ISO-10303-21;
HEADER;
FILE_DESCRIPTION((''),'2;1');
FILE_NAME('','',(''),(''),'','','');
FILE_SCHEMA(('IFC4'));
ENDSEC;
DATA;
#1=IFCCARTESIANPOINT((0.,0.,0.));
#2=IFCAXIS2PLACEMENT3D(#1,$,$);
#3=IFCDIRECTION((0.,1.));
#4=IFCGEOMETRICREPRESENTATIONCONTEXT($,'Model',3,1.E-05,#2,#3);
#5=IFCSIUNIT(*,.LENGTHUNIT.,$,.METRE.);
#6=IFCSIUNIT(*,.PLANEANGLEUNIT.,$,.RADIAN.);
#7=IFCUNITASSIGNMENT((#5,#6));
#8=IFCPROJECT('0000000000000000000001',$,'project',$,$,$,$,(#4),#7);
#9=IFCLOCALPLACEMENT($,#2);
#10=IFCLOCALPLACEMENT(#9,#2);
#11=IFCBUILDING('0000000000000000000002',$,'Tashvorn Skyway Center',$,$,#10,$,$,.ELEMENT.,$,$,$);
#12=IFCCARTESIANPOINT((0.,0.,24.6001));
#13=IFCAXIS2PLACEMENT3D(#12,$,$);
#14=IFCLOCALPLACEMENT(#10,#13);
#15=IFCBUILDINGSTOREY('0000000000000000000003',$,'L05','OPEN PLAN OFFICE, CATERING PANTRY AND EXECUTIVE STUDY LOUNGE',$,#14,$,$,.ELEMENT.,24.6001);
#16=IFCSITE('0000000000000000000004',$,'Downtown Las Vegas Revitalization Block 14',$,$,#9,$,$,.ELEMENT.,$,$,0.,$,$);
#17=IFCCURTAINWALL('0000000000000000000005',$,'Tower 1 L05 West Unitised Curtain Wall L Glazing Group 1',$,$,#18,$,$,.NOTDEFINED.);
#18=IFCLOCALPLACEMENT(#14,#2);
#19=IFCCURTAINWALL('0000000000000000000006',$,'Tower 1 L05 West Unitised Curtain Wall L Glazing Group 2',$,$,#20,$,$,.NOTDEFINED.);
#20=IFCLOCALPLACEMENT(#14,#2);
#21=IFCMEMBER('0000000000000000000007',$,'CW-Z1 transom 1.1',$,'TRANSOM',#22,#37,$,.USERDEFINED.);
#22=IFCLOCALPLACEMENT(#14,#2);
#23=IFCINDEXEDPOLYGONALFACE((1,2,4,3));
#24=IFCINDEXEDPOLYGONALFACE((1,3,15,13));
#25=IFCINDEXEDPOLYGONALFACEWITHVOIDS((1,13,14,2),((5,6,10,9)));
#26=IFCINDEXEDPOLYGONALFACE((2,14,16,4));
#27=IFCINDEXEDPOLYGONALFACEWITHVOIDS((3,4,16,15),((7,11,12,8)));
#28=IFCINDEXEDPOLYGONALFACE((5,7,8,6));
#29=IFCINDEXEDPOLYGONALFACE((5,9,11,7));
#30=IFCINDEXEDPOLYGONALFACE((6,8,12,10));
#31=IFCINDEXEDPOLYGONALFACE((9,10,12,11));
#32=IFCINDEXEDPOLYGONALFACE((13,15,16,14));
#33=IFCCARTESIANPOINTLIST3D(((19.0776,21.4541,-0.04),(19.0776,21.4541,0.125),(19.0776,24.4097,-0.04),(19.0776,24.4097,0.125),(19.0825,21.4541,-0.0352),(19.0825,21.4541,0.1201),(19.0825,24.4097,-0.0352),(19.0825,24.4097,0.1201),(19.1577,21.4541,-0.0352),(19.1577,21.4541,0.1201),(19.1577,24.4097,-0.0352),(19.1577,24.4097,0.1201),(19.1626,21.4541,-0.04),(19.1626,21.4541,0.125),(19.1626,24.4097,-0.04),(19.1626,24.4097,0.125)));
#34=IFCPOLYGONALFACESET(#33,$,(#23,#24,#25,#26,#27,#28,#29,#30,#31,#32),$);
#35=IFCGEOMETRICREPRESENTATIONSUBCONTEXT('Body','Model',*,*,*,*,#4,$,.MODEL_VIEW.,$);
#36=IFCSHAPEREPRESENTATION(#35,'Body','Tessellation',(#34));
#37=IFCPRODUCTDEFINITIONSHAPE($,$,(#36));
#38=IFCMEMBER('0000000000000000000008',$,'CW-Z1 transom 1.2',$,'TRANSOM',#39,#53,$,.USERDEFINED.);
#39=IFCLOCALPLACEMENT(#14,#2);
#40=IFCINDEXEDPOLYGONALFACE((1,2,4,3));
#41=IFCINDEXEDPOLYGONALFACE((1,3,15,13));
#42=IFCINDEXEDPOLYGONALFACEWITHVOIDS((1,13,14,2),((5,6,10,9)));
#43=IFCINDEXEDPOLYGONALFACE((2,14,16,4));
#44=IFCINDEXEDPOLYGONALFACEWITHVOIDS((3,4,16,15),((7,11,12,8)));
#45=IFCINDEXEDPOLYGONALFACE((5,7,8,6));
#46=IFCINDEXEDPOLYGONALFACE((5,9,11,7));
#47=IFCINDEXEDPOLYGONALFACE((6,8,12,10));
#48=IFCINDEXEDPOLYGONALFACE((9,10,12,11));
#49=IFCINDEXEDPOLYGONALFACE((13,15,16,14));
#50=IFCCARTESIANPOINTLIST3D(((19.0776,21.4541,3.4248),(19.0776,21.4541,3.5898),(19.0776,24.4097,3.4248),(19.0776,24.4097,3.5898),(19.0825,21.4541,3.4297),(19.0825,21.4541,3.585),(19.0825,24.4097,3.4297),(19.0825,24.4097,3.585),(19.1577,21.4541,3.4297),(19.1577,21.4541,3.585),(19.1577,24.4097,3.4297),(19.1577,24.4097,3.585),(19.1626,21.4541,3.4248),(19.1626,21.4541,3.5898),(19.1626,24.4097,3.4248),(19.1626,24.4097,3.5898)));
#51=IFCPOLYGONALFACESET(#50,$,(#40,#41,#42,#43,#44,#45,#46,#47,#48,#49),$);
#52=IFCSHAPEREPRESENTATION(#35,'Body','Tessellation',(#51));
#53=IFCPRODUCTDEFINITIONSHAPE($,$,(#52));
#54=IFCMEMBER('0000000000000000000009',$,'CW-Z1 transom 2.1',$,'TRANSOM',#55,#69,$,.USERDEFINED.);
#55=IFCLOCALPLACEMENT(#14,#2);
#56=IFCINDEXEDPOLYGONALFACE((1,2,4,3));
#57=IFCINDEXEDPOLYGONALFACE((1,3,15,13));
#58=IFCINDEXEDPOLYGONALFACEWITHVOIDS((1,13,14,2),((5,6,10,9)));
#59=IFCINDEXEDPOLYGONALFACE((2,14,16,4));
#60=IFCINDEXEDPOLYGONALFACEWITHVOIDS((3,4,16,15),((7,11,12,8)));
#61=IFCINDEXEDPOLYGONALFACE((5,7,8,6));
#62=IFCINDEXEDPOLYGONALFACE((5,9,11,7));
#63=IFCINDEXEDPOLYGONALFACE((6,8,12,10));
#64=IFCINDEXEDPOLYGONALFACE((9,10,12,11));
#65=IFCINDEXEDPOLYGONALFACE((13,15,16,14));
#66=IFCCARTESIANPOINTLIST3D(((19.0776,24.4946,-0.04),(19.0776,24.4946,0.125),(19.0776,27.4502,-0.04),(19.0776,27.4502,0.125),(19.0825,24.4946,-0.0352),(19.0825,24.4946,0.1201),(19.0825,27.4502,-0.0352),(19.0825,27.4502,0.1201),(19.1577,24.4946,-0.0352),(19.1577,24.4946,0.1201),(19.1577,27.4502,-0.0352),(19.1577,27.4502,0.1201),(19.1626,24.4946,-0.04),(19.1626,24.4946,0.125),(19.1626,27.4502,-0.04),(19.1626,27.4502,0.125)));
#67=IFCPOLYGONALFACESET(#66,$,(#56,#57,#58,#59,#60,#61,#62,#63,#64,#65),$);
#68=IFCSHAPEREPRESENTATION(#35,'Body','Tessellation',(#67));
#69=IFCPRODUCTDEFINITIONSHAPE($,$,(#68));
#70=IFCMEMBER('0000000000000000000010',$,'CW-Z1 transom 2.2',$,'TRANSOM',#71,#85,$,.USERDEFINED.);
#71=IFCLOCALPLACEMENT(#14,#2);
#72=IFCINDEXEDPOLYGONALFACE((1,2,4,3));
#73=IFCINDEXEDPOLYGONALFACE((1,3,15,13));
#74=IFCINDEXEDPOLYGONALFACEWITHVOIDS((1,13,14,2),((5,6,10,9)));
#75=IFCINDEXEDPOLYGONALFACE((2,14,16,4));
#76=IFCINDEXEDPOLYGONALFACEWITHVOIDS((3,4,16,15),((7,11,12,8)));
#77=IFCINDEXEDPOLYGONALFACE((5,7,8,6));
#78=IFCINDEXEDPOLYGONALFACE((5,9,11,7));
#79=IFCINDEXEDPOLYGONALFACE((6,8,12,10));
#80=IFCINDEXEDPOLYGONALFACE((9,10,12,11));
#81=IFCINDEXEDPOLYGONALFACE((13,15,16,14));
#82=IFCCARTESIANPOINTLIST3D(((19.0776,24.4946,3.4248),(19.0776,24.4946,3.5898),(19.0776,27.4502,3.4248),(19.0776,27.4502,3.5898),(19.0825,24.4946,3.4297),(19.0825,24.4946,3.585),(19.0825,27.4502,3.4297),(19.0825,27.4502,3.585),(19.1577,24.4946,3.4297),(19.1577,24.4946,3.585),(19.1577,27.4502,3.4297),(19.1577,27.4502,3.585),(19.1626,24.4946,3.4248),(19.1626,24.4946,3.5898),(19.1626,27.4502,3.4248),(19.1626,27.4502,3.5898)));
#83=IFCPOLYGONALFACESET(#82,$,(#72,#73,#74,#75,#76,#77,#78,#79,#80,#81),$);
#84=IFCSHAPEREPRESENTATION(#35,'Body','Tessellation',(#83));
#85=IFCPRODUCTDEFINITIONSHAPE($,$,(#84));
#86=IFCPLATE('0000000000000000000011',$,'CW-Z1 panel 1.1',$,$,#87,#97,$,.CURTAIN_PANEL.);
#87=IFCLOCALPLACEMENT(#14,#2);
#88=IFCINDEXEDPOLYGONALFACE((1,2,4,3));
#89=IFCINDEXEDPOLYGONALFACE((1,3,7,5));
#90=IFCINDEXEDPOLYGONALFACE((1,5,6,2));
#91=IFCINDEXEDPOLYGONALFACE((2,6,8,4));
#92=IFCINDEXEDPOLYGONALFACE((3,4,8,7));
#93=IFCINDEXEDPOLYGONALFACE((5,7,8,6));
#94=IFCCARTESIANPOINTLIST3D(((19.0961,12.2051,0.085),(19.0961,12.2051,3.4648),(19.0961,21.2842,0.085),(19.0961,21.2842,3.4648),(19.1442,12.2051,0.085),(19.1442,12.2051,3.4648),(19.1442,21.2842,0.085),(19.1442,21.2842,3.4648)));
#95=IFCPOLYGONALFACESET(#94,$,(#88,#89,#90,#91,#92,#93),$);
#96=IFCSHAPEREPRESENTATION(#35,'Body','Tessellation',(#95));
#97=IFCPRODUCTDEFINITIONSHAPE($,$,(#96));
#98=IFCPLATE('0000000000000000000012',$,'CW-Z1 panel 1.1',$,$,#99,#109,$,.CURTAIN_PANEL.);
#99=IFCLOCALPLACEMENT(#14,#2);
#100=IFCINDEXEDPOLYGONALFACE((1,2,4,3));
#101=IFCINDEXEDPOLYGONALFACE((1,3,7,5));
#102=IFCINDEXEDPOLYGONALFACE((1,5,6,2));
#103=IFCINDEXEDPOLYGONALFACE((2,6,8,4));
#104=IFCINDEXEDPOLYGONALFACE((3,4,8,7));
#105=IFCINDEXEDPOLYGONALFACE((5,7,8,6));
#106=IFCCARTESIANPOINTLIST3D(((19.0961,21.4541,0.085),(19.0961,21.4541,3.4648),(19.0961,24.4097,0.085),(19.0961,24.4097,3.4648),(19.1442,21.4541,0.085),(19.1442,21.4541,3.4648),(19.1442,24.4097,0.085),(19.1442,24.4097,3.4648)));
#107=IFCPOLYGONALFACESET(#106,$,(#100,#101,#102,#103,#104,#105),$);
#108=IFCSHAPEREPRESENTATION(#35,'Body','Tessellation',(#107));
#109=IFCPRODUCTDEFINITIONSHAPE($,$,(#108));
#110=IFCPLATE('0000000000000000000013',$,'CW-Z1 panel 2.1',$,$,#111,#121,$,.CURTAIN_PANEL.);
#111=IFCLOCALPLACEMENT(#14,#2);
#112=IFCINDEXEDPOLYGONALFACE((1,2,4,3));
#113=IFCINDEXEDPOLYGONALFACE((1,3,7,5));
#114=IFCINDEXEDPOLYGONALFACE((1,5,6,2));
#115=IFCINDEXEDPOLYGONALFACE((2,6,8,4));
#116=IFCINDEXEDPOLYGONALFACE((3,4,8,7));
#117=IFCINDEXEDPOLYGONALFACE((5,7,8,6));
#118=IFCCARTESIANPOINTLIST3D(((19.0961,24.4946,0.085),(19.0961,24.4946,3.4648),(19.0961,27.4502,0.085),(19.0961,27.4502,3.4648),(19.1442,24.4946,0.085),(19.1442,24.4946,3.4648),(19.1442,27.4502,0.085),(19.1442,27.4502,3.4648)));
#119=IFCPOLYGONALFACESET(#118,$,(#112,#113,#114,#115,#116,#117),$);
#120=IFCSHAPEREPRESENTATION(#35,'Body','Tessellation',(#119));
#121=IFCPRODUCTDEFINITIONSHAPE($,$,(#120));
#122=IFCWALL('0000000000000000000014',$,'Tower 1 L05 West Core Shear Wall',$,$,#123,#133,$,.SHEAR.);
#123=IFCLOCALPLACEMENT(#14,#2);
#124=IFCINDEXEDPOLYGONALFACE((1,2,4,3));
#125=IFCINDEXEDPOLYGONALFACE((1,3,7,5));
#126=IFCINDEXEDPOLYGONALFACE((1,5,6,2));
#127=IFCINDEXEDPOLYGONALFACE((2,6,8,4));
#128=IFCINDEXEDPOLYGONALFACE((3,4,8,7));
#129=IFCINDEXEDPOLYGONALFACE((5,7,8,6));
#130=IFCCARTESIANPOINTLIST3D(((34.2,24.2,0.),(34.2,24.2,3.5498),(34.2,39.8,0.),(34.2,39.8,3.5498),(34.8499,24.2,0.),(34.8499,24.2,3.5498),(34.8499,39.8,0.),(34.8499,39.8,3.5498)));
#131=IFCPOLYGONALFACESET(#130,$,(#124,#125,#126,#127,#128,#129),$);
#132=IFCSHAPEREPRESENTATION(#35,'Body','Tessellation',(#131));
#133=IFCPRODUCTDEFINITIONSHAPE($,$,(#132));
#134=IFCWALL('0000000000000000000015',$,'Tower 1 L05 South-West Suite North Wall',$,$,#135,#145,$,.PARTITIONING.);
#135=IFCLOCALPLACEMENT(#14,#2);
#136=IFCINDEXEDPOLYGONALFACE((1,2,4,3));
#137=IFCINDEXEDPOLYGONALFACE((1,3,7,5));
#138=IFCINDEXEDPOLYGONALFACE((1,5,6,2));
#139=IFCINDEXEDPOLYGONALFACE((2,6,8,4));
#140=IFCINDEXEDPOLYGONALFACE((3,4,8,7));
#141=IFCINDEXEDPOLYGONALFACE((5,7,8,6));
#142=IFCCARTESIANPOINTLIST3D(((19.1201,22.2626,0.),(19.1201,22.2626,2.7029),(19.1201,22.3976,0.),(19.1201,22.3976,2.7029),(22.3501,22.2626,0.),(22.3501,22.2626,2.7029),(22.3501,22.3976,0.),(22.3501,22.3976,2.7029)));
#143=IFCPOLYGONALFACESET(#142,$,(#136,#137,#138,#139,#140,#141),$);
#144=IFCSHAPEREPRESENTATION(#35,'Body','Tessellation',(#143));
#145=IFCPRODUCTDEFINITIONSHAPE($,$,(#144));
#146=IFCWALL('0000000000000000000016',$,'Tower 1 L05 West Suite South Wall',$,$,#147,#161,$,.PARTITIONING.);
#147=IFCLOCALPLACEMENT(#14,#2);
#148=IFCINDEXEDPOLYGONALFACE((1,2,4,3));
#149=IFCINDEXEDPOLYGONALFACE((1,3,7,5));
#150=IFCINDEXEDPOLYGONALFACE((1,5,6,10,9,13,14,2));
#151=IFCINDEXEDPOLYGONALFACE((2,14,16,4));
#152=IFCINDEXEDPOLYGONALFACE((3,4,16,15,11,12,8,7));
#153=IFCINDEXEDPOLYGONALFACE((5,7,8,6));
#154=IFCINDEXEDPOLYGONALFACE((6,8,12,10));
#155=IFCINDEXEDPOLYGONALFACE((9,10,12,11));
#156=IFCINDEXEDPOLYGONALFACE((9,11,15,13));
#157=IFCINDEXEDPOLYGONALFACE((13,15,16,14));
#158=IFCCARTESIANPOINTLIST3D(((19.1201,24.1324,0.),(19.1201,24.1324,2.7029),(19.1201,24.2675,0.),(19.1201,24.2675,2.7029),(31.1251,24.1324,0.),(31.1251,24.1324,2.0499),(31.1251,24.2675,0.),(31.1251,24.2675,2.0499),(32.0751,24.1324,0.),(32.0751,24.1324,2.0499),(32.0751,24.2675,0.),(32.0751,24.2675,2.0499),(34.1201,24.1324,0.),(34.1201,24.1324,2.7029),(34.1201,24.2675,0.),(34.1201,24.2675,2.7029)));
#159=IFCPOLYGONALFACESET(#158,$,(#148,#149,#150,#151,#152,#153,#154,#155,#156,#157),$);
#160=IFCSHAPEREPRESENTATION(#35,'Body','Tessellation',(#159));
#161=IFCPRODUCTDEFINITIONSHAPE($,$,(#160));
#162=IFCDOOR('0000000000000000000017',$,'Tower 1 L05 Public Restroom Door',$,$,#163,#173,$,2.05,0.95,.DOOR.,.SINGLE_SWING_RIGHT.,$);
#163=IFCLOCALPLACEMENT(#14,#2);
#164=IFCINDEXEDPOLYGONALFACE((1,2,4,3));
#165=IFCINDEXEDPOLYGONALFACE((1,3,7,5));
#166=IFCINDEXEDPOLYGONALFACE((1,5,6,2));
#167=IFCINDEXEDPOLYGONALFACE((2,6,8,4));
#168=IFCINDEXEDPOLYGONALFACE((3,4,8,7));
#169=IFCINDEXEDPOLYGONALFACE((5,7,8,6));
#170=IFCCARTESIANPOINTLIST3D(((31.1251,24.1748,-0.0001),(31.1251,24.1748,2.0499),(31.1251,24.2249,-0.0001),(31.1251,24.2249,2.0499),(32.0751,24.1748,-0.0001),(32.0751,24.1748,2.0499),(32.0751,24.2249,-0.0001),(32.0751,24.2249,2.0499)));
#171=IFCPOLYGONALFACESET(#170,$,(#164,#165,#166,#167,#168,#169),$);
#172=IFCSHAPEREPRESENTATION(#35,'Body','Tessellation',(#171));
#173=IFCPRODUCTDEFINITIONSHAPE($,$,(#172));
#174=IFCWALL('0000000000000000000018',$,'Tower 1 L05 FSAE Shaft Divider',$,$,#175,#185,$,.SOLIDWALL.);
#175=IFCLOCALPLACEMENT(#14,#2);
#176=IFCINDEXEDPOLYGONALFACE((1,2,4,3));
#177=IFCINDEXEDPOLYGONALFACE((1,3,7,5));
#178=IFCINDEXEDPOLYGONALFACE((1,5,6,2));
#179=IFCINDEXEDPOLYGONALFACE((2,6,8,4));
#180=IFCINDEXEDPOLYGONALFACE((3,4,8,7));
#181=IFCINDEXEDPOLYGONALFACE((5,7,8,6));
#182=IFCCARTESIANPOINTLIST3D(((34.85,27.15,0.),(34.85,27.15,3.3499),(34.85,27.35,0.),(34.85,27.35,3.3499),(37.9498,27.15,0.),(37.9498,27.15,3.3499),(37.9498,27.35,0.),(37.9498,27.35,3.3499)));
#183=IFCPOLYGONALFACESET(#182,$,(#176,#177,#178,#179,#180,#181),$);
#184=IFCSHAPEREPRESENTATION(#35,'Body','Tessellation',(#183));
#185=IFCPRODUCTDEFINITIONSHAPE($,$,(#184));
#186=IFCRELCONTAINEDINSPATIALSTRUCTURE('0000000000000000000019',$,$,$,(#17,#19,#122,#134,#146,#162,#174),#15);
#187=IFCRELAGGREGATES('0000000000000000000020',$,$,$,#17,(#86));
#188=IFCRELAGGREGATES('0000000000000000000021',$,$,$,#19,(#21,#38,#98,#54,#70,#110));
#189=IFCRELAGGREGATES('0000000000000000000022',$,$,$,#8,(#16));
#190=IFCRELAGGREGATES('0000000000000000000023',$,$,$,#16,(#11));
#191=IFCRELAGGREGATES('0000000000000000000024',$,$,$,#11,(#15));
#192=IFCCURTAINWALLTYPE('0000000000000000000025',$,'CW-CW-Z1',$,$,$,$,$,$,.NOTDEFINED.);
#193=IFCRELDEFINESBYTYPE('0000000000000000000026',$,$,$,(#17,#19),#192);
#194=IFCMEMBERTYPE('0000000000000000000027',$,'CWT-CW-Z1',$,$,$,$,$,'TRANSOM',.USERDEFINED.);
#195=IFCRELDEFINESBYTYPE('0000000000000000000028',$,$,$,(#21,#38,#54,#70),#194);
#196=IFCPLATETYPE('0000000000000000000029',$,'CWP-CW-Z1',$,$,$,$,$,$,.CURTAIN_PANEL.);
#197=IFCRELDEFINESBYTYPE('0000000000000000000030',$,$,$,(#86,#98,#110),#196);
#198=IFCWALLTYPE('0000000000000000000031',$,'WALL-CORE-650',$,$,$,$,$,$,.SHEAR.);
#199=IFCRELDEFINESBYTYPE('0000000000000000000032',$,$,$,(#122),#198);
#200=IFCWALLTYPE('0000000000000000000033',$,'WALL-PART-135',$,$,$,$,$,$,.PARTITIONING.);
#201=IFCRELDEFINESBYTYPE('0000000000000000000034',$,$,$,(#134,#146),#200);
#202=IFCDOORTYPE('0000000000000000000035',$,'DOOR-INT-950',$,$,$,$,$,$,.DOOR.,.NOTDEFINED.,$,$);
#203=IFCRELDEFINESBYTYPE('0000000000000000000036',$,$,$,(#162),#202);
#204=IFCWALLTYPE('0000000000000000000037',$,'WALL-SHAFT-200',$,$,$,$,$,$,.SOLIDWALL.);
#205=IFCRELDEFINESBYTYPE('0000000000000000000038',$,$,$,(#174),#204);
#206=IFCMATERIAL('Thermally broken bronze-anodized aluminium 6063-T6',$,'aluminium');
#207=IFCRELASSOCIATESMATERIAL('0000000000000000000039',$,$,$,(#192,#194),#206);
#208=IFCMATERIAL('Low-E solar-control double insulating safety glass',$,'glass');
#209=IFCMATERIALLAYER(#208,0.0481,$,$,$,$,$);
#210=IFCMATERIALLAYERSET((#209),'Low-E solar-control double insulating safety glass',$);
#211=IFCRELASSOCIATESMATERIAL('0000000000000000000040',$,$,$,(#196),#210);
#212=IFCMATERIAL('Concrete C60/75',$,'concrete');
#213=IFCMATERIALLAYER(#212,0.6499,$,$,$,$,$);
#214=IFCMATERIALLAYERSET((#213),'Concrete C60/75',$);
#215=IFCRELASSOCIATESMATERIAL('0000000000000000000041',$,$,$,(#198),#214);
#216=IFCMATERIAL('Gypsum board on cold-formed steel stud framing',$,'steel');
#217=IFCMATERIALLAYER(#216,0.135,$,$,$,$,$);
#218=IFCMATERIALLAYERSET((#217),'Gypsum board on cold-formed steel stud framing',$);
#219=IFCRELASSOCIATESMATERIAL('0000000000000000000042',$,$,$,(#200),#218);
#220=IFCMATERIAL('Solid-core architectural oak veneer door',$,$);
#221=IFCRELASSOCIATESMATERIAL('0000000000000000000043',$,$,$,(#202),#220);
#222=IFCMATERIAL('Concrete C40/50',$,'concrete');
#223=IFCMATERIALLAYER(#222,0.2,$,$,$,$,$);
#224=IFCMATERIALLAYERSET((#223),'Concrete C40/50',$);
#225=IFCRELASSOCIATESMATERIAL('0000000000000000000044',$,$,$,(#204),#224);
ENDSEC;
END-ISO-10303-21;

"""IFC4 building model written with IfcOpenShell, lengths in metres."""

from ifc_helpers import new_model, si_unit, direction, frame, frame_2d, origin, origin_2d, place, context, subcontext, project, spatial, rectangle, hollow_rectangle, extrude, material, layer, layer_set, material_profile, profile_set, type_object, element, fill, aggregate, save


model = new_model("IFC4")

# Units and contexts
model_context = context("Model", 3, precision=1e-05, world=origin(), true_north=direction((0.0, 1.0)))
body_context = subcontext(model_context, "Body", "Model", "MODEL_VIEW")
ifc_project = project(units=[si_unit("LENGTHUNIT", "METRE"), si_unit("PLANEANGLEUNIT", "RADIAN")], contexts=[model_context])

# Site, building, storey
site_placement = place(None, origin())
site = spatial("IfcSite", under=ifc_project, at=site_placement, Name="Downtown Las Vegas Revitalization Block 14", CompositionType="ELEMENT", RefElevation=0.0)
building_placement = place(site_placement, origin())
building = spatial("IfcBuilding", under=site, at=building_placement, Name="Tashvorn Skyway Center", CompositionType="ELEMENT")
storey_placement = place(building_placement, frame((0.0, 0.0, 24.6001)))
storey = spatial("IfcBuildingStorey", under=building, at=storey_placement, Name="L05", Description="OPEN PLAN OFFICE, CATERING PANTRY AND EXECUTIVE STUDY LOUNGE", CompositionType="ELEMENT", Elevation=24.6001)

# Curtain wall
ifc_material_1 = material(Name="Thermally broken bronze-anodized aluminium 6063-T6", Category="aluminium")
curtain_wall_type = type_object("IfcCurtainWallType", Name="CW-CW-Z1", PredefinedType="NOTDEFINED", material=ifc_material_1)
curtain_wall_1_placement = place(storey_placement, origin())
curtain_wall_1 = element("IfcCurtainWall", 1, at=curtain_wall_1_placement, inside=storey, type_object=curtain_wall_type, Name="Tower 1 L05 West Unitised Curtain Wall L Glazing Group 1", PredefinedType="NOTDEFINED")

# Curtain wall
curtain_wall_2_placement = place(storey_placement, origin())
curtain_wall_2 = element("IfcCurtainWall", 2, at=curtain_wall_2_placement, inside=storey, type_object=curtain_wall_type, Name="Tower 1 L05 West Unitised Curtain Wall L Glazing Group 2", PredefinedType="NOTDEFINED")

# Members
ifc_material_profile_1 = material_profile(ifc_material_1, hollow_rectangle(XDim=0.085, YDim=0.165, WallThickness=0.0049, at=origin_2d()), Name="ALU-TRAN-85x165")
ifc_profile_set_1 = profile_set([ifc_material_profile_1], Name="Thermally broken bronze-anodized aluminium 6063-T6")
member_type_1 = type_object("IfcMemberType", Name="CWT-CW-Z1", ElementType="TRANSOM", PredefinedType="USERDEFINED", material=ifc_profile_set_1)
member_1_placement = place(storey_placement, frame((19.1201, 21.4541, 0.0425), z_axis=(0.0, 1.0, 0.0), x_axis=(-1.0, 0.0, 0.0)))
member_1 = element("IfcMember", 3, at=member_1_placement, type_object=member_type_1, Name="CW-Z1 transom 1.1", ObjectType="TRANSOM", PredefinedType="USERDEFINED", context=body_context, shape_type="SweptSolid", body=[
    extrude(hollow_rectangle(XDim=0.085, YDim=0.165, WallThickness=0.0049, at=origin_2d()), origin(), (0.0, 0.0, 1.0), 2.9556),
])
member_2_placement = place(storey_placement, frame((19.1201, 21.4541, 3.5073), z_axis=(0.0, 1.0, 0.0), x_axis=(-1.0, 0.0, 0.0)))
member_2 = element("IfcMember", 4, at=member_2_placement, type_object=member_type_1, Name="CW-Z1 transom 1.2", ObjectType="TRANSOM", PredefinedType="USERDEFINED", context=body_context, shape_type="SweptSolid", body=[
    extrude(hollow_rectangle(XDim=0.085, YDim=0.165, WallThickness=0.0049, at=origin_2d()), origin(), (0.0, 0.0, 1.0), 2.9556),
])
member_3_placement = place(storey_placement, frame((19.1201, 24.4946, 0.0425), z_axis=(0.0, 1.0, 0.0), x_axis=(-1.0, 0.0, 0.0)))
member_3 = element("IfcMember", 5, at=member_3_placement, type_object=member_type_1, Name="CW-Z1 transom 2.1", ObjectType="TRANSOM", PredefinedType="USERDEFINED", context=body_context, shape_type="SweptSolid", body=[
    extrude(hollow_rectangle(XDim=0.085, YDim=0.165, WallThickness=0.0049, at=origin_2d()), origin(), (0.0, 0.0, 1.0), 2.9556),
])
member_4_placement = place(storey_placement, frame((19.1201, 24.4946, 3.5073), z_axis=(0.0, 1.0, 0.0), x_axis=(-1.0, 0.0, 0.0)))
member_4 = element("IfcMember", 6, at=member_4_placement, type_object=member_type_1, Name="CW-Z1 transom 2.2", ObjectType="TRANSOM", PredefinedType="USERDEFINED", context=body_context, shape_type="SweptSolid", body=[
    extrude(hollow_rectangle(XDim=0.085, YDim=0.165, WallThickness=0.0049, at=origin_2d()), origin(), (0.0, 0.0, 1.0), 2.9556),
])

# Plates
ifc_material_2 = material(Name="Low-E solar-control double insulating safety glass", Category="glass")
ifc_layer_1 = layer(ifc_material_2, 0.0481)
ifc_layer_set_1 = layer_set([ifc_layer_1], Name="Low-E solar-control double insulating safety glass")
plate_type = type_object("IfcPlateType", Name="CWP-CW-Z1", PredefinedType="CURTAIN_PANEL", material=ifc_layer_set_1)
plate_1_placement = place(storey_placement, frame((19.1201, 16.7446, 0.085), z_axis=(0.0, 0.0, 1.0), x_axis=(0.0, 1.0, 0.0)))
plate_1 = element("IfcPlate", 7, at=plate_1_placement, type_object=plate_type, Name="CW-Z1 panel 1.1", PredefinedType="CURTAIN_PANEL", context=body_context, shape_type="SweptSolid", body=[
    extrude(rectangle(XDim=9.0791, YDim=0.0481, at=origin_2d()), origin(), (0.0, 0.0, 1.0), 3.3799),
])
aggregate(curtain_wall_1, [plate_1])
plate_2_placement = place(storey_placement, frame((19.1201, 22.9319, 0.085), z_axis=(0.0, 0.0, 1.0), x_axis=(0.0, 1.0, 0.0)))
plate_2 = element("IfcPlate", 8, at=plate_2_placement, type_object=plate_type, Name="CW-Z1 panel 1.1", PredefinedType="CURTAIN_PANEL", context=body_context, shape_type="SweptSolid", body=[
    extrude(rectangle(XDim=2.9556, YDim=0.0481, at=origin_2d()), origin(), (0.0, 0.0, 1.0), 3.3799),
])
plate_3_placement = place(storey_placement, frame((19.1201, 25.9724, 0.085), z_axis=(0.0, 0.0, 1.0), x_axis=(0.0, 1.0, 0.0)))
plate_3 = element("IfcPlate", 9, at=plate_3_placement, type_object=plate_type, Name="CW-Z1 panel 2.1", PredefinedType="CURTAIN_PANEL", context=body_context, shape_type="SweptSolid", body=[
    extrude(rectangle(XDim=2.9556, YDim=0.0481, at=origin_2d()), origin(), (0.0, 0.0, 1.0), 3.3799),
])
aggregate(curtain_wall_2, [member_1, member_2, plate_2, member_3, member_4, plate_3])

# Walls
ifc_material_3 = material(Name="Concrete C60/75", Category="concrete")
ifc_layer_2 = layer(ifc_material_3, 0.6499)
ifc_layer_set_2 = layer_set([ifc_layer_2], Name="Concrete C60/75")
wall_type_1 = type_object("IfcWallType", Name="WALL-CORE-650", PredefinedType="SHEAR", material=ifc_layer_set_2)
wall_1_placement = place(storey_placement, frame((34.5249, 24.2, 0.0), z_axis=(0.0, 0.0, 1.0), x_axis=(0.0, 1.0, 0.0)))
element("IfcWall", 10, at=wall_1_placement, inside=storey, type_object=wall_type_1, Name="Tower 1 L05 West Core Shear Wall", PredefinedType="SHEAR", context=body_context, shape_type="SweptSolid", body=[
    extrude(rectangle(XDim=15.6001, YDim=0.6499, at=frame_2d((7.8, 0.0))), origin(), (0.0, 0.0, 1.0), 3.5498),
])
ifc_material_4 = material(Name="Gypsum board on cold-formed steel stud framing", Category="steel")
ifc_layer_3 = layer(ifc_material_4, 0.135)
ifc_layer_set_3 = layer_set([ifc_layer_3], Name="Gypsum board on cold-formed steel stud framing")
wall_type_2 = type_object("IfcWallType", Name="WALL-PART-135", PredefinedType="PARTITIONING", material=ifc_layer_set_3)
wall_2_placement = place(storey_placement, frame((19.1201, 22.3301, 0.0), z_axis=(0.0, 0.0, 1.0), x_axis=(1.0, 0.0, 0.0)))
element("IfcWall", 11, at=wall_2_placement, inside=storey, type_object=wall_type_2, Name="Tower 1 L05 South-West Suite North Wall", PredefinedType="PARTITIONING", context=body_context, shape_type="SweptSolid", body=[
    extrude(rectangle(XDim=3.23, YDim=0.135, at=frame_2d((1.615, 0.0))), origin(), (0.0, 0.0, 1.0), 2.7029),
])

# Wall, opening, door
wall_3_placement = place(storey_placement, frame((19.1201, 24.2, 0.0), z_axis=(0.0, 0.0, 1.0), x_axis=(1.0, 0.0, 0.0)))
wall_3 = element("IfcWall", 12, at=wall_3_placement, inside=storey, type_object=wall_type_2, Name="Tower 1 L05 West Suite South Wall", PredefinedType="PARTITIONING", context=body_context, shape_type="SweptSolid", body=[
    extrude(rectangle(XDim=15.0, YDim=0.135, at=frame_2d((7.5, 0.0))), origin(), (0.0, 0.0, 1.0), 2.7029),
])
opening_placement = place(wall_3_placement, frame((12.0049, 0.0, 0.0)))
opening = element("IfcOpeningElement", 13, at=opening_placement, cuts=wall_3, PredefinedType="OPENING", context=body_context, shape_type="SweptSolid", body=[
    extrude(rectangle(XDim=0.95, YDim=2.05, at=frame_2d((0.4751, 1.0249))), frame((0.0, 0.0774, 0.0), z_axis=(0.0, -1.0, 0.0), x_axis=(1.0, 0.0, 0.0)), (0.0, 0.0, 1.0), 0.155),
])
ifc_material_5 = material(Name="Solid-core architectural oak veneer door")
door_type = type_object("IfcDoorType", Name="DOOR-INT-950", OperationType="NOTDEFINED", PredefinedType="DOOR", material=ifc_material_5)
door_placement = place(opening_placement, origin())
door = element("IfcDoor", 14, at=door_placement, inside=storey, type_object=door_type, Name="Tower 1 L05 Public Restroom Door", OperationType="SINGLE_SWING_RIGHT", OverallHeight=2.05, OverallWidth=0.95, PredefinedType="DOOR", context=body_context, shape_type="SweptSolid", body=[
    extrude(rectangle(XDim=0.95, YDim=2.05, at=frame_2d((0.4751, 1.0249))), frame((0.0, 0.0249, 0.0), z_axis=(0.0, -1.0, 0.0), x_axis=(1.0, 0.0, 0.0)), (0.0, 0.0, 1.0), 0.05),
])
fill(opening, door)

# Wall
ifc_material_6 = material(Name="Concrete C40/50", Category="concrete")
ifc_layer_4 = layer(ifc_material_6, 0.2)
ifc_layer_set_4 = layer_set([ifc_layer_4], Name="Concrete C40/50")
wall_type_3 = type_object("IfcWallType", Name="WALL-SHAFT-200", PredefinedType="SOLIDWALL", material=ifc_layer_set_4)
wall_4_placement = place(storey_placement, frame((34.8501, 27.25, 0.0), z_axis=(0.0, 0.0, 1.0), x_axis=(1.0, 0.0, 0.0)))
element("IfcWall", 15, at=wall_4_placement, inside=storey, type_object=wall_type_3, Name="Tower 1 L05 FSAE Shaft Divider", PredefinedType="SOLIDWALL", context=body_context, shape_type="SweptSolid", body=[
    extrude(rectangle(XDim=3.0999, YDim=0.2, at=frame_2d((1.5498, 0.0))), origin(), (0.0, 0.0, 1.0), 3.3499),
])

save(model, "model.ifc")
